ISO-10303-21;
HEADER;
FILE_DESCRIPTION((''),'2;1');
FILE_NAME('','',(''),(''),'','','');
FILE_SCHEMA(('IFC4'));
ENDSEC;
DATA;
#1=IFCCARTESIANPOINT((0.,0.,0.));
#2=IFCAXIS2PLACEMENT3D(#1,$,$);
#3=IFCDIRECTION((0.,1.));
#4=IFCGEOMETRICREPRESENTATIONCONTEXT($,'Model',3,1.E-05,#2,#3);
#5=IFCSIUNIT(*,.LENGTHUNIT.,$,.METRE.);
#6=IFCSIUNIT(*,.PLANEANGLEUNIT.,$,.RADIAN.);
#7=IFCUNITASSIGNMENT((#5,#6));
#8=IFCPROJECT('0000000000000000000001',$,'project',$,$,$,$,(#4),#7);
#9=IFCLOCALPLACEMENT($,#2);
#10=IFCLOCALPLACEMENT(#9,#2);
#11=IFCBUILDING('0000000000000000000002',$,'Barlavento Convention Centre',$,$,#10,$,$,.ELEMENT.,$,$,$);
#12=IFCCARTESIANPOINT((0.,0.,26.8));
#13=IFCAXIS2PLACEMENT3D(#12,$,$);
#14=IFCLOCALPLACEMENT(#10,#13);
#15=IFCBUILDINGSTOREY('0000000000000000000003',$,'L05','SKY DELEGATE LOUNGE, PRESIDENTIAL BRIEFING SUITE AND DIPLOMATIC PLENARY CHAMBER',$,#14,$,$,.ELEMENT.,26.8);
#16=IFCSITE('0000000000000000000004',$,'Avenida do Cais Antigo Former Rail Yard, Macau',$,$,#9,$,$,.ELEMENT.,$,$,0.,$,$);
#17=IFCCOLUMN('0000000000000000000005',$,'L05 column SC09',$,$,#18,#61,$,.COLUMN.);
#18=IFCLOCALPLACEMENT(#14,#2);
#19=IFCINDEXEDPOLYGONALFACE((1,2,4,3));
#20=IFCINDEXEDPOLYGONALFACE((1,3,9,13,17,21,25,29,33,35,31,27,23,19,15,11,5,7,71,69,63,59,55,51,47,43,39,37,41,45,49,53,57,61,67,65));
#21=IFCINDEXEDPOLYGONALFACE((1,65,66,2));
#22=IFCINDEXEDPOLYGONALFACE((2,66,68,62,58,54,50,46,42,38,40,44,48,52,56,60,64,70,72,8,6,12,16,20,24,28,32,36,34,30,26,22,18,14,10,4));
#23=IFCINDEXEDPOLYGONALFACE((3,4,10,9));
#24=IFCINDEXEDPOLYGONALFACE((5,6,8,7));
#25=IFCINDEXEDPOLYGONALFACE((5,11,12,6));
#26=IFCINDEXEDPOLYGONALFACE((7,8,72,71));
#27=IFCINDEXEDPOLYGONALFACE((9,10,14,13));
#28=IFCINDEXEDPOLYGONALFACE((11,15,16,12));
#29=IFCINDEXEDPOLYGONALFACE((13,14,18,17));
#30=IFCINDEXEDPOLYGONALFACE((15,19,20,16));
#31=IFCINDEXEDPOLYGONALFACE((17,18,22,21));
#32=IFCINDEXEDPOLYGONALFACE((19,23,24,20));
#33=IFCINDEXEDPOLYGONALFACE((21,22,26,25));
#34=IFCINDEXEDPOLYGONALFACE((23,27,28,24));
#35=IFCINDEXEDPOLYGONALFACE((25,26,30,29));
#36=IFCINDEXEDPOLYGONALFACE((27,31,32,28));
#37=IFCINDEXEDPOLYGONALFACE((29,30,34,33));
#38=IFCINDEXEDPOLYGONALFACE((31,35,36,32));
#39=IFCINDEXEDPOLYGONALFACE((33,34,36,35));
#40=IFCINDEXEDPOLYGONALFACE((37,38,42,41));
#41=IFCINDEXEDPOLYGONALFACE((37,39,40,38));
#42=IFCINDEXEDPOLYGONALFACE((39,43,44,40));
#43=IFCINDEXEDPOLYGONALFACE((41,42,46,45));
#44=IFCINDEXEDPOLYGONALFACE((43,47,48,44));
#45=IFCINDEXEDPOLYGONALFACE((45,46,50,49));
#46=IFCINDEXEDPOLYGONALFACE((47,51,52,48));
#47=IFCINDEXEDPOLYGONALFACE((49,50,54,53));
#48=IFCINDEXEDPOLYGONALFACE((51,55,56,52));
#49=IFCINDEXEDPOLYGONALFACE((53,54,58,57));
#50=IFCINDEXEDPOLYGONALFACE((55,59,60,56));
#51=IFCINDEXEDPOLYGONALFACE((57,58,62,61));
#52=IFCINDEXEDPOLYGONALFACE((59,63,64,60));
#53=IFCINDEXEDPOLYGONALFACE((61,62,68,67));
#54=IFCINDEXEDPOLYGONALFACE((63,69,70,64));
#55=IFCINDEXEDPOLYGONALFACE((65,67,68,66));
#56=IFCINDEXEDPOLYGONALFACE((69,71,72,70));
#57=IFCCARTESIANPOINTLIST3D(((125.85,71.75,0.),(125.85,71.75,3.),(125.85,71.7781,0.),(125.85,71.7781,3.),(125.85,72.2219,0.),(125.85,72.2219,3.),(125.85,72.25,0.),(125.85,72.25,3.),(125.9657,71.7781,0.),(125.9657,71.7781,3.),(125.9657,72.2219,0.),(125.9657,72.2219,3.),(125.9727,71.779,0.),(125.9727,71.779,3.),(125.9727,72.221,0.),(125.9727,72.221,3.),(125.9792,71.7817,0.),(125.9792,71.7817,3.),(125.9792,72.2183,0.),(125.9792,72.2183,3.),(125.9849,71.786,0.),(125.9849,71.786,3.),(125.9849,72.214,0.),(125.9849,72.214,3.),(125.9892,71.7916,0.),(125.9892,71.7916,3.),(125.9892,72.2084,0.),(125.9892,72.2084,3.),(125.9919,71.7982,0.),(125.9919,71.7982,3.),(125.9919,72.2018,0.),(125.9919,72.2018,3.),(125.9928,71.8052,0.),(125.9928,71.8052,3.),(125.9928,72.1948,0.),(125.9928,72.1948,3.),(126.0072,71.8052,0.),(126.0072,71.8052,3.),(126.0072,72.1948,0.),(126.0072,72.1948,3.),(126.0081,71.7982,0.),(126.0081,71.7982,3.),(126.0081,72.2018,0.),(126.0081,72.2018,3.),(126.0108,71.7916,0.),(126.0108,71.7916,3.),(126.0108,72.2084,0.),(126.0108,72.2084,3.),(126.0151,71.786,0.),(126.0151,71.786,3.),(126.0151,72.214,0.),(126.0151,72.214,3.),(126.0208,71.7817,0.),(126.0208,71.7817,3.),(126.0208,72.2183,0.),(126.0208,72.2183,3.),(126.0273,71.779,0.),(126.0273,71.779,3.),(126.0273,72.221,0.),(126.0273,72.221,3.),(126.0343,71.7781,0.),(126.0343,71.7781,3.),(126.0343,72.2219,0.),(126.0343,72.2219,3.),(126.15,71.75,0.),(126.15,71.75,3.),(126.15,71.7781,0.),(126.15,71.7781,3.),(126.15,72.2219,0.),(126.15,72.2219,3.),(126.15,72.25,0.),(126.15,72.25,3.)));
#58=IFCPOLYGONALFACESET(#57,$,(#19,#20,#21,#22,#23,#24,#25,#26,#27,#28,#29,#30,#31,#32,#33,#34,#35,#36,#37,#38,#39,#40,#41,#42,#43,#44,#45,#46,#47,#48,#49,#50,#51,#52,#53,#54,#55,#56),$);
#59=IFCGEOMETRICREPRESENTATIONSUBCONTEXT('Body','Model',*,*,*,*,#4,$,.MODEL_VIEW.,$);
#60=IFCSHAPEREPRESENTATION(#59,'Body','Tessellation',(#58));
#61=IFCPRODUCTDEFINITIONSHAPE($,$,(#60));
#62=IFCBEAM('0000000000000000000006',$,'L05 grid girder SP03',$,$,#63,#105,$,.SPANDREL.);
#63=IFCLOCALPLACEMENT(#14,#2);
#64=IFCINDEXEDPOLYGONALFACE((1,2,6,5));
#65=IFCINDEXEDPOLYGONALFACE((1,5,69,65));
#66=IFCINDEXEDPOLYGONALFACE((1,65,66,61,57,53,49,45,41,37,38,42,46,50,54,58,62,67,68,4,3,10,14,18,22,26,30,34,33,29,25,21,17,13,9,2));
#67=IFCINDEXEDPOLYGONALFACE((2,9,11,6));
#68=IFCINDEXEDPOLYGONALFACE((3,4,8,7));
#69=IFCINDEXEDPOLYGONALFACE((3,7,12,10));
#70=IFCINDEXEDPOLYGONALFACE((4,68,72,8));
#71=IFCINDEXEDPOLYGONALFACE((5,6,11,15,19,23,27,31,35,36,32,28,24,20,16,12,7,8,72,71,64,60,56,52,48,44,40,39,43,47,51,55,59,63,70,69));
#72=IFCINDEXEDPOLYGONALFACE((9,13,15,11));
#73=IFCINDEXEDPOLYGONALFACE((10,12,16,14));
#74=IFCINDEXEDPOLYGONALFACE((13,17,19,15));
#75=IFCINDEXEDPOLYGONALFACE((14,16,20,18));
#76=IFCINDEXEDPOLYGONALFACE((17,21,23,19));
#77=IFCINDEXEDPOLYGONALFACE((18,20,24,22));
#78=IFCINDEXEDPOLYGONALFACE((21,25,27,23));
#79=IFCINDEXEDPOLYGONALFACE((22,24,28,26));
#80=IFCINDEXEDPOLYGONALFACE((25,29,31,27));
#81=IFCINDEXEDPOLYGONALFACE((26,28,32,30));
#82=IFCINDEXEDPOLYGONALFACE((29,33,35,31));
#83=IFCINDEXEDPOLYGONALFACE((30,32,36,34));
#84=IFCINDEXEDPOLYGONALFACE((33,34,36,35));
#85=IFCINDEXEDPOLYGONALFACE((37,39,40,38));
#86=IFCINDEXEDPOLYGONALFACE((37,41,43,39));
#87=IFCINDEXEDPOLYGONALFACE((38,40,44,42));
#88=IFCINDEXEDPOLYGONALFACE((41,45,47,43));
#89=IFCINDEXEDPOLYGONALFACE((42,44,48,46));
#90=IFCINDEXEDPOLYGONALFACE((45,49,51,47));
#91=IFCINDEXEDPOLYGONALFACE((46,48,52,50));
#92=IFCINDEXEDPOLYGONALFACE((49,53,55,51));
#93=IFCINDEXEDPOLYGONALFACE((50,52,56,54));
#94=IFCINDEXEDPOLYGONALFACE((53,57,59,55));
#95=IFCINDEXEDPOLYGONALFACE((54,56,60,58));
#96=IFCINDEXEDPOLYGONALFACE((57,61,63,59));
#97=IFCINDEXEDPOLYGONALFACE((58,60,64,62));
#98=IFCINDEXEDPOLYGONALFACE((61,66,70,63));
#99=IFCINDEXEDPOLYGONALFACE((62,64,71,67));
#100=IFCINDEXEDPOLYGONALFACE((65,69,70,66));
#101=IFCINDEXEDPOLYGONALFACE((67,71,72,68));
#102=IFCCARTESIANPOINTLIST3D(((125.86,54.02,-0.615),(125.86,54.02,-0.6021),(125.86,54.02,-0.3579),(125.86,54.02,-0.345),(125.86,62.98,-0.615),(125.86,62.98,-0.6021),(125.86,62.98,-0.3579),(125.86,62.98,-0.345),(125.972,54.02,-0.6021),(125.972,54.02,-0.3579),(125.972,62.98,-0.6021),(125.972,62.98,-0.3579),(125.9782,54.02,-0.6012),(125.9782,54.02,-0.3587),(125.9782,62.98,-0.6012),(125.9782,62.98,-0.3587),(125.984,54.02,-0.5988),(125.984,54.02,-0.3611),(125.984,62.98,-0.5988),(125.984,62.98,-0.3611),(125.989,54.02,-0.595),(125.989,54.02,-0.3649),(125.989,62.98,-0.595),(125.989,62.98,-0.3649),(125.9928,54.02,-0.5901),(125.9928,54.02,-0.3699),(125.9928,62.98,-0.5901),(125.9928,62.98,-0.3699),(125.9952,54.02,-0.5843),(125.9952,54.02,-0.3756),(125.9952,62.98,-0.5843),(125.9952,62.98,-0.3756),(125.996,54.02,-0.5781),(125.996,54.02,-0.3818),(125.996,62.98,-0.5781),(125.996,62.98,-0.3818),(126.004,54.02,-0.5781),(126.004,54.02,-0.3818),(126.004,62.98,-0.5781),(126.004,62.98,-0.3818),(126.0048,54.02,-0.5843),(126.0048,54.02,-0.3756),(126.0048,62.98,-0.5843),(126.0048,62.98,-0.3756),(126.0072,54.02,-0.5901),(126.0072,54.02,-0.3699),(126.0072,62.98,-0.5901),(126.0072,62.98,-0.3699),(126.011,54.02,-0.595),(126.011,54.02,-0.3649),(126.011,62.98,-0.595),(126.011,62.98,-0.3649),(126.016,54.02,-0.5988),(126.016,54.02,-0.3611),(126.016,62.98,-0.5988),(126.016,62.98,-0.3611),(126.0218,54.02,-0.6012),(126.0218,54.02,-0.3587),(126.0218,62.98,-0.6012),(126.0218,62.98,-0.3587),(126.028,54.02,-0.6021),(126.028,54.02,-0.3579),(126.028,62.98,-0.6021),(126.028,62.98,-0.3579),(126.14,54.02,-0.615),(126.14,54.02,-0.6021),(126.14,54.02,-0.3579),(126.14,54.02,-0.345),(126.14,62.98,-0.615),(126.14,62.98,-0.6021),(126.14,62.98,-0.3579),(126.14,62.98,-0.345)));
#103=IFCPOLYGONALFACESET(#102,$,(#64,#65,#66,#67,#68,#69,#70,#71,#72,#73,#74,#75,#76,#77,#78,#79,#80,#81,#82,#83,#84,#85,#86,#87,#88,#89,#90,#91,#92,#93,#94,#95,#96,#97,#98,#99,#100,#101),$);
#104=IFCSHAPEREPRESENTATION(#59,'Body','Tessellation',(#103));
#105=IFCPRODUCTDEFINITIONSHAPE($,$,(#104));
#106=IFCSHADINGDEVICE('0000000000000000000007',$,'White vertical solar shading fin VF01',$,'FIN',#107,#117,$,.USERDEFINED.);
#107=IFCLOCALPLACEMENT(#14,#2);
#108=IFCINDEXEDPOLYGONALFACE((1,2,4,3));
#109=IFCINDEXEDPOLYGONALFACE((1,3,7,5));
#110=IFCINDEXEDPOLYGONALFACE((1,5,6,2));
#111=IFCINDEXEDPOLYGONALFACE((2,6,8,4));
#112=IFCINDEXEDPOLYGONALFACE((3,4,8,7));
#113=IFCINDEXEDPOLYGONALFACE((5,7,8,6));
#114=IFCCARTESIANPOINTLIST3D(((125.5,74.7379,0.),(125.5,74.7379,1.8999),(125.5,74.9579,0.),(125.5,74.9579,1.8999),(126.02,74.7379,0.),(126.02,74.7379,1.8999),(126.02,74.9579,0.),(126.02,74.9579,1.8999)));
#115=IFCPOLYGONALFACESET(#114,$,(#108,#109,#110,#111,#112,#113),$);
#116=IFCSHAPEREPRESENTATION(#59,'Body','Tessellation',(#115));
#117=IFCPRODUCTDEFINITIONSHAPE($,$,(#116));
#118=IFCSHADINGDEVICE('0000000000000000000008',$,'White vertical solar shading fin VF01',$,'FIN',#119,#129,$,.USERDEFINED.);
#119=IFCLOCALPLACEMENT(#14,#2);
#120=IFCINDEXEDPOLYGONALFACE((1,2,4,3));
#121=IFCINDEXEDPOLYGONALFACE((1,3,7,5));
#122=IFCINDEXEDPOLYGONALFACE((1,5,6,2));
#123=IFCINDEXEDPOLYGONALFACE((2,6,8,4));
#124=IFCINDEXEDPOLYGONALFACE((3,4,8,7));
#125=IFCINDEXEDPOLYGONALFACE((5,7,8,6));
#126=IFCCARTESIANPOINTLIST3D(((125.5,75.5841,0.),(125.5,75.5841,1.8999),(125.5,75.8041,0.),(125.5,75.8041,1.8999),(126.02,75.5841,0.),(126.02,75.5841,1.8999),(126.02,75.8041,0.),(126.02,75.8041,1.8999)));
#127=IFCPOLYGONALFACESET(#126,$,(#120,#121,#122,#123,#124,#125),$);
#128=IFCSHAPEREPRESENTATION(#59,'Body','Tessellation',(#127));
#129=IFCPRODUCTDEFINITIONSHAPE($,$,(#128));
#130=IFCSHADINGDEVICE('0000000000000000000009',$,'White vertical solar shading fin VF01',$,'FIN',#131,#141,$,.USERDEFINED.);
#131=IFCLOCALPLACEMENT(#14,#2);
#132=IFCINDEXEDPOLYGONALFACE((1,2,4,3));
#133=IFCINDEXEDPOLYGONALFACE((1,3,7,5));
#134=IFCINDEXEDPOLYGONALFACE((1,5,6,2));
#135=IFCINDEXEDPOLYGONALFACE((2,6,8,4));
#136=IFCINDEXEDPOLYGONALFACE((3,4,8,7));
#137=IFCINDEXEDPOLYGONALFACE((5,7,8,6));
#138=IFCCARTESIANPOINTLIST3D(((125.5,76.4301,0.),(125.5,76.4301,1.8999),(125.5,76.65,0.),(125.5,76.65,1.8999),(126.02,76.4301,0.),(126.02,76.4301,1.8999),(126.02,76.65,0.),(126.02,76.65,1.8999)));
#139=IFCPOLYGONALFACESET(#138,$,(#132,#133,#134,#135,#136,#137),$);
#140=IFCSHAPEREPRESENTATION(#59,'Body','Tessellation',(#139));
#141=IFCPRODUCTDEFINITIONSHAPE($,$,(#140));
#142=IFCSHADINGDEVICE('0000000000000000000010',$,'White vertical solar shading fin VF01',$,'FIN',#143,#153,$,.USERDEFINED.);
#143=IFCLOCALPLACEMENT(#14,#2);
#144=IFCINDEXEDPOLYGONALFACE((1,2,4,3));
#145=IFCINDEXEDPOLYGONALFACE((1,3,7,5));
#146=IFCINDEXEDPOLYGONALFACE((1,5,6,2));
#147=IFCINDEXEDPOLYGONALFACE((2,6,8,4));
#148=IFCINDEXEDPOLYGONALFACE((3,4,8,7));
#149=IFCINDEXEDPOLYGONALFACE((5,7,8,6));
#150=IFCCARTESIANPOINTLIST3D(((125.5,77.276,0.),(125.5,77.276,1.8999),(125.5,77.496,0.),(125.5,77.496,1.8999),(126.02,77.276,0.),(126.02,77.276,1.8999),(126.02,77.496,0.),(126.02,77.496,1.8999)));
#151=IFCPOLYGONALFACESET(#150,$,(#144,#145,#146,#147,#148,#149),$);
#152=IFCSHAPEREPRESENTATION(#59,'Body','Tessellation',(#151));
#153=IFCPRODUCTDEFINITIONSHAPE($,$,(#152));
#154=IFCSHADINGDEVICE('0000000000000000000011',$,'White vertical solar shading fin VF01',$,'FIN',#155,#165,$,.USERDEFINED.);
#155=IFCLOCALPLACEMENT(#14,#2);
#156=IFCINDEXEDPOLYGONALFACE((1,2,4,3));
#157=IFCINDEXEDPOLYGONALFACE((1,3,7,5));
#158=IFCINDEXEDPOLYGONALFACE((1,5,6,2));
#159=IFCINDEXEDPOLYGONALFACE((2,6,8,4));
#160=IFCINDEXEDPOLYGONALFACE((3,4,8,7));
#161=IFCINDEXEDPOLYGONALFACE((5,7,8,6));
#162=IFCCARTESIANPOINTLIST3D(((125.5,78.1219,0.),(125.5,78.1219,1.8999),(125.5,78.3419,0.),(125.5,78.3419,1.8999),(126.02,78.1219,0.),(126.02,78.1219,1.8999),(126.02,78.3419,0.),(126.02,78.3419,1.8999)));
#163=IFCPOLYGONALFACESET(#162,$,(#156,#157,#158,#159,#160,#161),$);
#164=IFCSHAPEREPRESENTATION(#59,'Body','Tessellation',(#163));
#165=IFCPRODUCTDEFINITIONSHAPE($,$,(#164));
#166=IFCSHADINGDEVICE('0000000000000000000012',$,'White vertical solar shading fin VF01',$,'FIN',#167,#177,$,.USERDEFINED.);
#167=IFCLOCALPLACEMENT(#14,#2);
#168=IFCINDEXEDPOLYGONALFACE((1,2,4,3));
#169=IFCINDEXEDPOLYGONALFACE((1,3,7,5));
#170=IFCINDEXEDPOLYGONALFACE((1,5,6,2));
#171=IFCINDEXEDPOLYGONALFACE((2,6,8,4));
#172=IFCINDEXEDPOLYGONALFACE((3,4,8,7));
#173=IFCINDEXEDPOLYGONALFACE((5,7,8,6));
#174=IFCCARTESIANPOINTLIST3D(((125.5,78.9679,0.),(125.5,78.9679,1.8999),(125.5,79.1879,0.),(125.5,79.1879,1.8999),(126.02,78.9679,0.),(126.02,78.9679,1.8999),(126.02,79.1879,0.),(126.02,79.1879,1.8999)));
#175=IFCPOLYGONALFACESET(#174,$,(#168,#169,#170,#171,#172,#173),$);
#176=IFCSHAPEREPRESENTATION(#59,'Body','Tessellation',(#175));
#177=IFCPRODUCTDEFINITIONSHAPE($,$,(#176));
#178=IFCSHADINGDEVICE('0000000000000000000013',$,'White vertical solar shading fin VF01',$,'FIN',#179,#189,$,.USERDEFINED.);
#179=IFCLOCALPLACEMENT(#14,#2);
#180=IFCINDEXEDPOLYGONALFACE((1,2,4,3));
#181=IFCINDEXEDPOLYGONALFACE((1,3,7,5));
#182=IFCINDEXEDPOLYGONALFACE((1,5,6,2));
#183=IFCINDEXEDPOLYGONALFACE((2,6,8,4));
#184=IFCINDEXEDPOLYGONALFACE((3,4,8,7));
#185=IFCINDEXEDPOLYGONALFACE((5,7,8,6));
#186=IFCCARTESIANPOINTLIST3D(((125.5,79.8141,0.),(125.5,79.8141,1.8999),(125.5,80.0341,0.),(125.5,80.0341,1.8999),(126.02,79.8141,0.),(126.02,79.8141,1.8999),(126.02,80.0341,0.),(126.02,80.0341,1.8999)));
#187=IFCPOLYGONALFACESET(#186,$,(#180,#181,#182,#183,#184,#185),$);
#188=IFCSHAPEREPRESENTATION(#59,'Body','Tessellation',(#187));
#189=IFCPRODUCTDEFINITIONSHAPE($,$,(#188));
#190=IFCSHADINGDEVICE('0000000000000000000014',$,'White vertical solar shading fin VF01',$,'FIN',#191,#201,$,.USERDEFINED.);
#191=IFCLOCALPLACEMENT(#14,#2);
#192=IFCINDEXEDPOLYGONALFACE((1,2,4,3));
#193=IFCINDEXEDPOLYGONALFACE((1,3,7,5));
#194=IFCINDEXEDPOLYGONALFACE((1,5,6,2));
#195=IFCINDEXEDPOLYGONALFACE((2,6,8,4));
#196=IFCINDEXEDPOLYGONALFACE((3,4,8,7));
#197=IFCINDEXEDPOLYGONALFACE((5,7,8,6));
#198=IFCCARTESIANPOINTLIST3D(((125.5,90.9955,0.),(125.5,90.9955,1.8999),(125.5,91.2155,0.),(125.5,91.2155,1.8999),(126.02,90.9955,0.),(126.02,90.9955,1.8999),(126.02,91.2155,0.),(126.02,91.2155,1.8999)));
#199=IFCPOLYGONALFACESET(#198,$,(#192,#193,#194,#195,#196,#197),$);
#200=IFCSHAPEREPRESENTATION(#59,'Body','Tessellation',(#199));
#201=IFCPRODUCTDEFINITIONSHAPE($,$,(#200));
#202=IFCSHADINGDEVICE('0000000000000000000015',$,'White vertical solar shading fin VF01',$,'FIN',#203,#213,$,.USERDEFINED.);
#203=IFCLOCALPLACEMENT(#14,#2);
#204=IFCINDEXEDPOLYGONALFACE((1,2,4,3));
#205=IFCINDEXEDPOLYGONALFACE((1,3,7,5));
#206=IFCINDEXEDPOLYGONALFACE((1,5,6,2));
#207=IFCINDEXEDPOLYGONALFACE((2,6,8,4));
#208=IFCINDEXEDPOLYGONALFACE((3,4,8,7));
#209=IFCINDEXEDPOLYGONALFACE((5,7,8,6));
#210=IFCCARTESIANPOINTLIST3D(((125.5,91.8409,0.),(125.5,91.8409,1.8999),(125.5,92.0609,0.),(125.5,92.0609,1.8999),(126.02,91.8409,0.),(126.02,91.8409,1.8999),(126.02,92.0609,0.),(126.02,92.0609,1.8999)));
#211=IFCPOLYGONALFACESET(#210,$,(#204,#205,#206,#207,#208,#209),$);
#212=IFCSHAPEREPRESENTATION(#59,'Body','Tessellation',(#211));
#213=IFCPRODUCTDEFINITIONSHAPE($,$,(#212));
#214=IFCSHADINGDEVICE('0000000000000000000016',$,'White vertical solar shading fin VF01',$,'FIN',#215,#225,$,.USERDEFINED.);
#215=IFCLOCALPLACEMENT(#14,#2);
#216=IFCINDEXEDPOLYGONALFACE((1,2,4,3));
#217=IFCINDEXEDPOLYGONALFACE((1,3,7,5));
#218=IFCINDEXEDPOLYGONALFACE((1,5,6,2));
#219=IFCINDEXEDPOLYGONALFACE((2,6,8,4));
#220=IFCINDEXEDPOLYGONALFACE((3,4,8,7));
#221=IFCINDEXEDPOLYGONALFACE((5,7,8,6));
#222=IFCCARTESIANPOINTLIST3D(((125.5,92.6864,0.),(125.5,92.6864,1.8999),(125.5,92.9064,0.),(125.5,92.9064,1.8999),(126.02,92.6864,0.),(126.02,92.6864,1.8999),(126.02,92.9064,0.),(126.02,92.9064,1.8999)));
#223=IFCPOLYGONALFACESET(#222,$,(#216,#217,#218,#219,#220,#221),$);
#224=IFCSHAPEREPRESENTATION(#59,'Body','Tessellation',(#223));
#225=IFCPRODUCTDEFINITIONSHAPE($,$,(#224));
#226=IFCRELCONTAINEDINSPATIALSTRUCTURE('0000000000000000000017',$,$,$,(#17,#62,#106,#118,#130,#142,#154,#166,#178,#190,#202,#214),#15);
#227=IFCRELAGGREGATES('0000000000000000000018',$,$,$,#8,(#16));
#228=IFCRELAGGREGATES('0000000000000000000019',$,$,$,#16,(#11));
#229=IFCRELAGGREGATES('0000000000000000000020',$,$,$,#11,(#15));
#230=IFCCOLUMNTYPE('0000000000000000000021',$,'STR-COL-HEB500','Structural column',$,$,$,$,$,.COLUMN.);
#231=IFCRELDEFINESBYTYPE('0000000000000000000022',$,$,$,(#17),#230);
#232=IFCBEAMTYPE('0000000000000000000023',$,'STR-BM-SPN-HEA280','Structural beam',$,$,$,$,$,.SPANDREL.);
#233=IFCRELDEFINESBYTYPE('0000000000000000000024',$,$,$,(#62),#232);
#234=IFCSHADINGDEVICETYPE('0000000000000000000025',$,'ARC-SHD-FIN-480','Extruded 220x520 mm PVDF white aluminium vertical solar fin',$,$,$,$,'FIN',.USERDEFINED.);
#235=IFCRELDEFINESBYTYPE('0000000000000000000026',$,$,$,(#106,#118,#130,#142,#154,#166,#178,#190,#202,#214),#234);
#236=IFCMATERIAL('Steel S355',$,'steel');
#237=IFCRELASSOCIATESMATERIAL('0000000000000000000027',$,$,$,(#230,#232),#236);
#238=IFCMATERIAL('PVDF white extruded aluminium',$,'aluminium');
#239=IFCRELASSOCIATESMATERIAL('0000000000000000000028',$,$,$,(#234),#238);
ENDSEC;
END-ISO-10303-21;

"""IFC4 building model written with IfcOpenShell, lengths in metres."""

from ifc_helpers import new_model, si_unit, direction, frame, origin, origin_2d, place, context, subcontext, project, spatial, rectangle, i_section, extrude, material, material_profile, profile_set, type_object, element, save


model = new_model("IFC4")

# Units and contexts
model_context = context("Model", 3, precision=1e-05, world=origin(), true_north=direction((0.0, 1.0)))
body_context = subcontext(model_context, "Body", "Model", "MODEL_VIEW")
ifc_project = project(units=[si_unit("LENGTHUNIT", "METRE"), si_unit("PLANEANGLEUNIT", "RADIAN")], contexts=[model_context])

# Site, building, storey
site_placement = place(None, origin())
site = spatial("IfcSite", under=ifc_project, at=site_placement, Name="Avenida do Cais Antigo Former Rail Yard, Macau", CompositionType="ELEMENT", RefElevation=0.0)
building_placement = place(site_placement, origin())
building = spatial("IfcBuilding", under=site, at=building_placement, Name="Barlavento Convention Centre", CompositionType="ELEMENT")
storey_placement = place(building_placement, frame((0.0, 0.0, 26.8)))
storey = spatial("IfcBuildingStorey", under=building, at=storey_placement, Name="L05", Description="SKY DELEGATE LOUNGE, PRESIDENTIAL BRIEFING SUITE AND DIPLOMATIC PLENARY CHAMBER", CompositionType="ELEMENT", Elevation=26.8)

# Column
ifc_material_1 = material(Name="Steel S355", Category="steel")
ifc_material_profile_1 = material_profile(ifc_material_1, i_section(OverallWidth=0.3, OverallDepth=0.5, WebThickness=0.0144, FlangeThickness=0.0281, FilletRadius=0.0271, at=origin_2d()), Name="HEB 500")
ifc_profile_set_1 = profile_set([ifc_material_profile_1], Name="Steel S355")
column_type_1 = type_object("IfcColumnType", Name="STR-COL-HEB500", Description="Structural column", PredefinedType="COLUMN", material=ifc_profile_set_1)
column_1_placement = place(storey_placement, frame((126.0, 72.0, 0.0), z_axis=(0.0, 0.0, 1.0), x_axis=(1.0, 0.0, 0.0)))
element("IfcColumn", 1, at=column_1_placement, inside=storey, type_object=column_type_1, Name="L05 column SC09", PredefinedType="COLUMN", context=body_context, shape_type="SweptSolid", body=[
    extrude(i_section(OverallWidth=0.3, OverallDepth=0.5, WebThickness=0.0144, FlangeThickness=0.0281, FilletRadius=0.0271, at=origin_2d()), origin(), (0.0, 0.0, 1.0), 3.0),
])

# Beam
ifc_material_profile_2 = material_profile(ifc_material_1, i_section(OverallWidth=0.28, OverallDepth=0.27, WebThickness=0.0081, FlangeThickness=0.0129, FilletRadius=0.0239, at=origin_2d()), Name="HEA 280")
ifc_profile_set_2 = profile_set([ifc_material_profile_2], Name="Steel S355")
beam_type = type_object("IfcBeamType", Name="STR-BM-SPN-HEA280", Description="Structural beam", PredefinedType="SPANDREL", material=ifc_profile_set_2)
beam_placement = place(storey_placement, frame((126.0, 54.02, -0.48), z_axis=(0.0, 1.0, 0.0), x_axis=(-1.0, 0.0, 0.0)))
element("IfcBeam", 2, at=beam_placement, inside=storey, type_object=beam_type, Name="L05 grid girder SP03", PredefinedType="SPANDREL", context=body_context, shape_type="SweptSolid", body=[
    extrude(i_section(OverallWidth=0.28, OverallDepth=0.27, WebThickness=0.0081, FlangeThickness=0.0129, FilletRadius=0.0239, at=origin_2d()), origin(), (0.0, 0.0, 1.0), 8.96),
])

# Shading devices
ifc_material_2 = material(Name="PVDF white extruded aluminium", Category="aluminium")
shading_device_type = type_object("IfcShadingDeviceType", Name="ARC-SHD-FIN-480", Description="Extruded 220x520 mm PVDF white aluminium vertical solar fin", ElementType="FIN", PredefinedType="USERDEFINED", material=ifc_material_2)
for number, where, z_axis, x_axis, name in (
    (3, (125.76, 74.8479, 0.0), (0.0, 0.0, 1.0), (0.0, 1.0, 0.0), "White vertical solar shading fin VF01"),
    (4, (125.76, 75.6941, 0.0), (0.0, 0.0, 1.0), (0.0, 1.0, 0.0), "White vertical solar shading fin VF01"),
    (5, (125.76, 76.54, 0.0), (0.0, 0.0, 1.0), (0.0, 1.0, 0.0), "White vertical solar shading fin VF01"),
    (6, (125.76, 77.386, 0.0), (0.0, 0.0, 1.0), (0.0, 1.0, 0.0), "White vertical solar shading fin VF01"),
    (7, (125.76, 78.2319, 0.0), (0.0, 0.0, 1.0), (0.0, 1.0, 0.0), "White vertical solar shading fin VF01"),
    (8, (125.76, 79.0779, 0.0), (0.0, 0.0, 1.0), (0.0, 1.0, 0.0), "White vertical solar shading fin VF01"),
    (9, (125.76, 79.9241, 0.0), (0.0, 0.0, 1.0), (0.0, 1.0, 0.0), "White vertical solar shading fin VF01"),
    (10, (125.76, 91.1055, 0.0), (0.0, 0.0, 1.0), (0.0, 1.0, 0.0), "White vertical solar shading fin VF01"),
    (11, (125.76, 91.9509, 0.0), (0.0, 0.0, 1.0), (0.0, 1.0, 0.0), "White vertical solar shading fin VF01"),
    (12, (125.76, 92.7964, 0.0), (0.0, 0.0, 1.0), (0.0, 1.0, 0.0), "White vertical solar shading fin VF01"),
):
    element("IfcShadingDevice", number, at=place(storey_placement, frame(where, z_axis=z_axis, x_axis=x_axis)), inside=storey, type_object=shading_device_type, Name=name, ObjectType="FIN", PredefinedType="USERDEFINED", context=body_context, shape_type="SweptSolid", body=[
        extrude(rectangle(XDim=0.22, YDim=0.52, at=origin_2d()), origin(), (0.0, 0.0, 1.0), 1.8999),
    ])

save(model, "model.ifc")
